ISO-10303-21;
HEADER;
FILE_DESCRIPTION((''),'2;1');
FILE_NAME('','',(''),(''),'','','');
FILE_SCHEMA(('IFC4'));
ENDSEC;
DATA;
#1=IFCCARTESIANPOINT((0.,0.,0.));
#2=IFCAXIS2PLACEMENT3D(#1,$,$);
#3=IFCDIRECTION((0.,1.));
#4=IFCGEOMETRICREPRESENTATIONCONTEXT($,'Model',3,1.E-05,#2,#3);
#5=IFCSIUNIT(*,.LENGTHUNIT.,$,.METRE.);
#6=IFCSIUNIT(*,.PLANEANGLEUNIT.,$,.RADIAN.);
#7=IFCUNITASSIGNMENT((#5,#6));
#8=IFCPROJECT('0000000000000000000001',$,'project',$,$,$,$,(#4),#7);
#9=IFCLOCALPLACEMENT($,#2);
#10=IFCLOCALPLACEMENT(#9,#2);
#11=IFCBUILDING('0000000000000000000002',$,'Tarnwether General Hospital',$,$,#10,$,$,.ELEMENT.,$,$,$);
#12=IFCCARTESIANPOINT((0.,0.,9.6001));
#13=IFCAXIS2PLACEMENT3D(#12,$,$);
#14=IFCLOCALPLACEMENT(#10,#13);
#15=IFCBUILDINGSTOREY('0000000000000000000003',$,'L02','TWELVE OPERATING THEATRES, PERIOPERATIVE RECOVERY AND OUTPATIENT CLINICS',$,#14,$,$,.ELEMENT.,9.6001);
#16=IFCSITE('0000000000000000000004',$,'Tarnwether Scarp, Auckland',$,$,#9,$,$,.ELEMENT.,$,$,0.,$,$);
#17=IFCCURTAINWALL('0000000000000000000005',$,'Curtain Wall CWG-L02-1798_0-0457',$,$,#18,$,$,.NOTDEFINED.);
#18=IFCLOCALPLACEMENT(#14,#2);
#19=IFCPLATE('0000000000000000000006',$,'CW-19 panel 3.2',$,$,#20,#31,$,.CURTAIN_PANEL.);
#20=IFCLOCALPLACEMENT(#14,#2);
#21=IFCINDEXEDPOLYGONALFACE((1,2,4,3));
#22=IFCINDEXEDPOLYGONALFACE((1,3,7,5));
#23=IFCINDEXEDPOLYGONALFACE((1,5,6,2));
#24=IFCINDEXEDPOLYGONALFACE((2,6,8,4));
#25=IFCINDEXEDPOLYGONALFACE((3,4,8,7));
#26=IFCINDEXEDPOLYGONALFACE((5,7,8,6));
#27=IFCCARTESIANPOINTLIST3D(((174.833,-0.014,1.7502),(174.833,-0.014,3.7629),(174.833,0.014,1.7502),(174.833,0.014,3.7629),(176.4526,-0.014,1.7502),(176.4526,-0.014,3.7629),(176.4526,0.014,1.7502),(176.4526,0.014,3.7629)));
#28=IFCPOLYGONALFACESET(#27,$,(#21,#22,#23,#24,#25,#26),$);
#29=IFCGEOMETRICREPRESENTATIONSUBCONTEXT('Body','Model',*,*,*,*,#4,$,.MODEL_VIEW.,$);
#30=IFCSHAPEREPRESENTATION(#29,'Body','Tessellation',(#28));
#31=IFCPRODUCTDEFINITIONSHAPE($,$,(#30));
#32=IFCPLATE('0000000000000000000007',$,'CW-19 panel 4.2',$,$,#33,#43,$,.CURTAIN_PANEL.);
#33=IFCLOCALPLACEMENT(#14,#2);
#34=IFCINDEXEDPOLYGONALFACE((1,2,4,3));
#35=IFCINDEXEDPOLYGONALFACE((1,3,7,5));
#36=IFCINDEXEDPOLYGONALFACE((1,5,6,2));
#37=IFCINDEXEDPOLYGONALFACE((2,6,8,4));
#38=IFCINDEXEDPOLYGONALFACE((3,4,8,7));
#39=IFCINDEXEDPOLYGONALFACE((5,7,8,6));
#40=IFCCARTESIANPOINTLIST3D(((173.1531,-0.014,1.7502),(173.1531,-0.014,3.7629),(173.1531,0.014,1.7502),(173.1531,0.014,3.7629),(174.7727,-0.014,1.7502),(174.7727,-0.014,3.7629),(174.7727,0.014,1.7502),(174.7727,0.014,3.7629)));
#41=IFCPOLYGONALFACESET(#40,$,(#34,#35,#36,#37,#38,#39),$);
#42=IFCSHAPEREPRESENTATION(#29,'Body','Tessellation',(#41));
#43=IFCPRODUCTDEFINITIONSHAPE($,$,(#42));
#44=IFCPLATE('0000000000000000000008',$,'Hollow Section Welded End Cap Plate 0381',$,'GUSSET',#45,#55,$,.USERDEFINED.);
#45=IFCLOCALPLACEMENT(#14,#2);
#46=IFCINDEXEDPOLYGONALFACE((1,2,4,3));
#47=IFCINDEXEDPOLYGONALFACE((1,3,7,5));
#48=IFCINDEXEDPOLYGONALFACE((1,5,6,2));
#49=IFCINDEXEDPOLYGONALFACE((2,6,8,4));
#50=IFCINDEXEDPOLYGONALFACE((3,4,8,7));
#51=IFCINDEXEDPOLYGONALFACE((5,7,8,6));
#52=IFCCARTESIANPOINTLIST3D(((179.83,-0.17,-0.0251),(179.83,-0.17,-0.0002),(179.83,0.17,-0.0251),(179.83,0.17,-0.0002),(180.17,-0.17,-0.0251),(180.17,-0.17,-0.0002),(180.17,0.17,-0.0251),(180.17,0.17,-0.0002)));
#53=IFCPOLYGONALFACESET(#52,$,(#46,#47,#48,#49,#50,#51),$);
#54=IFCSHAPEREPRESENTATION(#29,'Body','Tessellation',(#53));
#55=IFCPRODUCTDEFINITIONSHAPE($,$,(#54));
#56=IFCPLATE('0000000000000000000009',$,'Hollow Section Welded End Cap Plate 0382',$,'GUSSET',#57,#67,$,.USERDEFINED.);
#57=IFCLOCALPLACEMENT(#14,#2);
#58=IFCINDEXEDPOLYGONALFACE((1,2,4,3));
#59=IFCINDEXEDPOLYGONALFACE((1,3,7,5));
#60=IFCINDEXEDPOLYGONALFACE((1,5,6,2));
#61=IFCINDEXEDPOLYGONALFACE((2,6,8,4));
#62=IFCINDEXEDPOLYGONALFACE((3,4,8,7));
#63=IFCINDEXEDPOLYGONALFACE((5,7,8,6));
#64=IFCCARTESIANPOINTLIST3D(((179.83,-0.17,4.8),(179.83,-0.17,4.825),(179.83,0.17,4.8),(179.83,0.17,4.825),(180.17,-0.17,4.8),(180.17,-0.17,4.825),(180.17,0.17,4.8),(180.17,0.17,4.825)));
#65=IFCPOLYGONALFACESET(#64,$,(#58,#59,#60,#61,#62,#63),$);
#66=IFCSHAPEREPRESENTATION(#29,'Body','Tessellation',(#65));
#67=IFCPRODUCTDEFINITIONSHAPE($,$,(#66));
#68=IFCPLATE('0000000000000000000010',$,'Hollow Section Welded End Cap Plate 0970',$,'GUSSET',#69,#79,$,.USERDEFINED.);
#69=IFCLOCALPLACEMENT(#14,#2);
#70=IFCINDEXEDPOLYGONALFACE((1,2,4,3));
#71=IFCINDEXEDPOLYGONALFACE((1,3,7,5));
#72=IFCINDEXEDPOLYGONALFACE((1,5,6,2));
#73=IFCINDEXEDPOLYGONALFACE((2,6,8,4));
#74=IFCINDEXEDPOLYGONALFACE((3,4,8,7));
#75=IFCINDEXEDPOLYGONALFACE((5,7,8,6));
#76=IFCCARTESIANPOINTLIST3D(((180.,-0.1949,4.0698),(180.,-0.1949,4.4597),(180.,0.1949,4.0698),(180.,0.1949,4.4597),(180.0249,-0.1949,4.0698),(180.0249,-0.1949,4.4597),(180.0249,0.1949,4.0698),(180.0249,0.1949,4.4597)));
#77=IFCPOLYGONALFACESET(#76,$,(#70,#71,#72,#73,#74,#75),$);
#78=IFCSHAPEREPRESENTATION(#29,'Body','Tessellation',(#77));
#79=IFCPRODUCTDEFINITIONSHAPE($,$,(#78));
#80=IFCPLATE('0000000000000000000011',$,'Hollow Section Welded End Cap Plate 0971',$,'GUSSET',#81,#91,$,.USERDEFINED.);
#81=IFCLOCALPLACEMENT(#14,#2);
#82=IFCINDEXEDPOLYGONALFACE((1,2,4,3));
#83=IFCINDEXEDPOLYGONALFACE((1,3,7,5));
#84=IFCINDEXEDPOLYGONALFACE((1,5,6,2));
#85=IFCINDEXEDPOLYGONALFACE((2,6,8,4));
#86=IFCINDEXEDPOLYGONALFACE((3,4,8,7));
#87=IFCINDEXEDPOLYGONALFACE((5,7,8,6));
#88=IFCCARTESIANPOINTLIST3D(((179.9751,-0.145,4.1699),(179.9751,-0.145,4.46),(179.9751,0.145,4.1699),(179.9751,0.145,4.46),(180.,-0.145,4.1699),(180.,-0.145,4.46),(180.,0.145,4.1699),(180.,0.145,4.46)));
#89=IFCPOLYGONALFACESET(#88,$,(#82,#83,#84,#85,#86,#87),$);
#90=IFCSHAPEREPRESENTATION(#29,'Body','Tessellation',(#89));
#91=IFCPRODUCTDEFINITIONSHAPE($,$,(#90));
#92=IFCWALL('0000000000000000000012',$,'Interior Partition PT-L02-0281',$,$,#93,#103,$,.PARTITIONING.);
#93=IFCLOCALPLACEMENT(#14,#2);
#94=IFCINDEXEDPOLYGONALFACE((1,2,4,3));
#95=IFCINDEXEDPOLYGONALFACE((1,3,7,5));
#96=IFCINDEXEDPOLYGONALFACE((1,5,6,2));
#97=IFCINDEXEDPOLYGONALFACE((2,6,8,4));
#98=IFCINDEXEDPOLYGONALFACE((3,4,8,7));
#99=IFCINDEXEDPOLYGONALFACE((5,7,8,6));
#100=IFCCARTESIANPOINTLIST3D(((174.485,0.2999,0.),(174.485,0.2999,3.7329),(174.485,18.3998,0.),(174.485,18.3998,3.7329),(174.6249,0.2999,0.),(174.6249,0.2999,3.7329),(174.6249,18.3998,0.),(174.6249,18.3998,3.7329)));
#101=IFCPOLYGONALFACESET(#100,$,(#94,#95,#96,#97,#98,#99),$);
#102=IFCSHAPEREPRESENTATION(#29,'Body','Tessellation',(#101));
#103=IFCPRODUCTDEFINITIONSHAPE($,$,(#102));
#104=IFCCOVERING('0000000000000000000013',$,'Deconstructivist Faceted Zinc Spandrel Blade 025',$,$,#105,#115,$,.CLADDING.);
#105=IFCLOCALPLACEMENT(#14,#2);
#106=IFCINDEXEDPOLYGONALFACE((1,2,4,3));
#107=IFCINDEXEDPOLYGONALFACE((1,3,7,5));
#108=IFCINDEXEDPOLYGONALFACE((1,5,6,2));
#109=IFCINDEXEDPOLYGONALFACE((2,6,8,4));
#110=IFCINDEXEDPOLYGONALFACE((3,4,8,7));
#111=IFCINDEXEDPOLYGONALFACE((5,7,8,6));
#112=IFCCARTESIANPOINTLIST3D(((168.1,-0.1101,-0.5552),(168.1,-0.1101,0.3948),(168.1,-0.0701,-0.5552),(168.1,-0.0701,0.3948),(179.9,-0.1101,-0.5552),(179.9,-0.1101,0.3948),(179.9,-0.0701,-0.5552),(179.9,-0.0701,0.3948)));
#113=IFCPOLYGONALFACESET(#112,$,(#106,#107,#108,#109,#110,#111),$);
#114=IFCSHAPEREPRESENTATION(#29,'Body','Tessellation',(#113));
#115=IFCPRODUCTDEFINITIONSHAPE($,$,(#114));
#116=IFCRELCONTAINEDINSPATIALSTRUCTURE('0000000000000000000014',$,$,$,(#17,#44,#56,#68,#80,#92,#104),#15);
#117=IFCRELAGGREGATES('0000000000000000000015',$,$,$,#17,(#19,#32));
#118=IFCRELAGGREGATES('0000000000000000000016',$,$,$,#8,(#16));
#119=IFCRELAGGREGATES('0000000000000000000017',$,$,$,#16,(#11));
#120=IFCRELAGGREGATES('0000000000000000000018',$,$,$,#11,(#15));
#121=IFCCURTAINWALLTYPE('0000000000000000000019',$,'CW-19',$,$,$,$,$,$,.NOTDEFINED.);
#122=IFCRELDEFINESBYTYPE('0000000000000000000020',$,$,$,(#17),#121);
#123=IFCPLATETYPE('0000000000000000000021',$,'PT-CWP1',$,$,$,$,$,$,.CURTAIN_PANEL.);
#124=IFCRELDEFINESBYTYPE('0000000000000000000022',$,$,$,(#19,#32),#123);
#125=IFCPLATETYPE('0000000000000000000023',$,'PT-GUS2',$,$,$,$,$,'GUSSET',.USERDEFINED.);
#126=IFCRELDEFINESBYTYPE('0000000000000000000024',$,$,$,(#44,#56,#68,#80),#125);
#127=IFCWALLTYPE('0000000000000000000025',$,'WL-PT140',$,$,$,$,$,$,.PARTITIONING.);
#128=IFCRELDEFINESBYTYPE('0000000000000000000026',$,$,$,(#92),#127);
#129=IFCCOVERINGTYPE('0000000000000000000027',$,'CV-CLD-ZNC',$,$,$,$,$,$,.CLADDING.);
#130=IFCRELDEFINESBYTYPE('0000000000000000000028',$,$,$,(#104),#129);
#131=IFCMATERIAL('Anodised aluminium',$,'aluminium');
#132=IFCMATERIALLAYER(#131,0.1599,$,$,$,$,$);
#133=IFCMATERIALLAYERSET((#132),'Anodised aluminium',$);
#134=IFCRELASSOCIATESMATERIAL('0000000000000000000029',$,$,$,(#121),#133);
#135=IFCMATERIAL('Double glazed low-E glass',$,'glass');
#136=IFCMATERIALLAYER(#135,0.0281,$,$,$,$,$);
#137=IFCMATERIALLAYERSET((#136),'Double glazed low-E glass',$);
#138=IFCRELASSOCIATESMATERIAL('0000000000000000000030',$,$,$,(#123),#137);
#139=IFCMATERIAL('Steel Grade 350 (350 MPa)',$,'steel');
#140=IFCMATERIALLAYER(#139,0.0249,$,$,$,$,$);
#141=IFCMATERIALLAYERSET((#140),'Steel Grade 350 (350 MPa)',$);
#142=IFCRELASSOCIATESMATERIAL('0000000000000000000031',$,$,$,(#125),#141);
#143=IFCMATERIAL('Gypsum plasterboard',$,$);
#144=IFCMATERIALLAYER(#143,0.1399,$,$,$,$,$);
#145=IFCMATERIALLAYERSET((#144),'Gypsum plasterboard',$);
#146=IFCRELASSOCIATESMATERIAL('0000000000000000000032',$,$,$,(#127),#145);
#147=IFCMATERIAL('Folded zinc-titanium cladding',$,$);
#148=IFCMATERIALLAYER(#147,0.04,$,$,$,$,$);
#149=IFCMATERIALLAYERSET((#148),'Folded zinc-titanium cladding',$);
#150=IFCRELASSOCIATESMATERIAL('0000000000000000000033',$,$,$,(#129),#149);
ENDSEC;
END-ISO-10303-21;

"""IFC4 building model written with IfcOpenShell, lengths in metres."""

from ifc_helpers import new_model, si_unit, direction, frame, frame_2d, origin, origin_2d, place, context, subcontext, project, spatial, rectangle, extrude, material, layer, layer_set, type_object, element, aggregate, save


model = new_model("IFC4")

# Units and contexts
model_context = context("Model", 3, precision=1e-05, world=origin(), true_north=direction((0.0, 1.0)))
body_context = subcontext(model_context, "Body", "Model", "MODEL_VIEW")
ifc_project = project(units=[si_unit("LENGTHUNIT", "METRE"), si_unit("PLANEANGLEUNIT", "RADIAN")], contexts=[model_context])

# Site, building, storey
site_placement = place(None, origin())
site = spatial("IfcSite", under=ifc_project, at=site_placement, Name="Tarnwether Scarp, Auckland", CompositionType="ELEMENT", RefElevation=0.0)
building_placement = place(site_placement, origin())
building = spatial("IfcBuilding", under=site, at=building_placement, Name="Tarnwether General Hospital", CompositionType="ELEMENT")
storey_placement = place(building_placement, frame((0.0, 0.0, 9.6001)))
storey = spatial("IfcBuildingStorey", under=building, at=storey_placement, Name="L02", Description="TWELVE OPERATING THEATRES, PERIOPERATIVE RECOVERY AND OUTPATIENT CLINICS", CompositionType="ELEMENT", Elevation=9.6001)

# Shared definitions
ifc_material_1 = material(Name="Anodised aluminium", Category="aluminium")
ifc_layer_1 = layer(ifc_material_1, 0.1599)
ifc_layer_set_1 = layer_set([ifc_layer_1], Name="Anodised aluminium")
curtain_wall_type = type_object("IfcCurtainWallType", Name="CW-19", PredefinedType="NOTDEFINED", material=ifc_layer_set_1)

# Curtain wall, plates
curtain_wall_1_placement = place(storey_placement, origin())
curtain_wall_1 = element("IfcCurtainWall", 1, at=curtain_wall_1_placement, inside=storey, type_object=curtain_wall_type, Name="Curtain Wall CWG-L02-1798_0-0457", PredefinedType="NOTDEFINED")
ifc_material_2 = material(Name="Double glazed low-E glass", Category="glass")
ifc_layer_2 = layer(ifc_material_2, 0.0281)
ifc_layer_set_2 = layer_set([ifc_layer_2], Name="Double glazed low-E glass")
plate_type_1 = type_object("IfcPlateType", Name="PT-CWP1", PredefinedType="CURTAIN_PANEL", material=ifc_layer_set_2)
plate_1_placement = place(storey_placement, frame((175.6428, 0.0, 1.7502), z_axis=(0.0, 0.0, 1.0), x_axis=(-1.0, 0.0, 0.0)))
plate_1 = element("IfcPlate", 2, at=plate_1_placement, type_object=plate_type_1, Name="CW-19 panel 3.2", PredefinedType="CURTAIN_PANEL", context=body_context, shape_type="SweptSolid", body=[
    extrude(rectangle(XDim=1.6196, YDim=0.0281, at=origin_2d()), origin(), (0.0, 0.0, 1.0), 2.0127),
])
plate_2_placement = place(storey_placement, frame((173.9629, 0.0, 1.7502), z_axis=(0.0, 0.0, 1.0), x_axis=(-1.0, 0.0, 0.0)))
plate_2 = element("IfcPlate", 3, at=plate_2_placement, type_object=plate_type_1, Name="CW-19 panel 4.2", PredefinedType="CURTAIN_PANEL", context=body_context, shape_type="SweptSolid", body=[
    extrude(rectangle(XDim=1.6196, YDim=0.0281, at=origin_2d()), origin(), (0.0, 0.0, 1.0), 2.0127),
])
aggregate(curtain_wall_1, [plate_1, plate_2])

# Plates
ifc_material_3 = material(Name="Steel Grade 350 (350 MPa)", Category="steel")
ifc_layer_3 = layer(ifc_material_3, 0.0249)
ifc_layer_set_3 = layer_set([ifc_layer_3], Name="Steel Grade 350 (350 MPa)")
plate_type_2 = type_object("IfcPlateType", Name="PT-GUS2", ElementType="GUSSET", PredefinedType="USERDEFINED", material=ifc_layer_set_3)
for number, where, z_axis, x_axis, name in (
    (4, (180.0, 0.0, -0.0251), (0.0, 0.0, 1.0), (1.0, 0.0, 0.0), "Hollow Section Welded End Cap Plate 0381"),
    (5, (180.0, 0.0, 4.8), (0.0, 0.0, 1.0), (1.0, 0.0, 0.0), "Hollow Section Welded End Cap Plate 0382"),
):
    element("IfcPlate", number, at=place(storey_placement, frame(where, z_axis=z_axis, x_axis=x_axis)), inside=storey, type_object=plate_type_2, Name=name, ObjectType="GUSSET", PredefinedType="USERDEFINED", context=body_context, shape_type="SweptSolid", body=[
        extrude(rectangle(XDim=0.3401, YDim=0.3401, at=origin_2d()), origin(), (0.0, 0.0, 1.0), 0.0249),
    ])
plate_3_placement = place(storey_placement, frame((180.0125, 0.0, 4.0698), z_axis=(0.0, 0.0, 1.0), x_axis=(1.0, 0.0, 0.0)))
element("IfcPlate", 6, at=plate_3_placement, inside=storey, type_object=plate_type_2, Name="Hollow Section Welded End Cap Plate 0970", ObjectType="GUSSET", PredefinedType="USERDEFINED", context=body_context, shape_type="SweptSolid", body=[
    extrude(rectangle(XDim=0.0249, YDim=0.3899, at=origin_2d()), origin(), (0.0, 0.0, 1.0), 0.3899),
])
plate_4_placement = place(storey_placement, frame((179.9875, 0.0, 4.1699), z_axis=(0.0, 0.0, 1.0), x_axis=(1.0, 0.0, 0.0)))
element("IfcPlate", 7, at=plate_4_placement, inside=storey, type_object=plate_type_2, Name="Hollow Section Welded End Cap Plate 0971", ObjectType="GUSSET", PredefinedType="USERDEFINED", context=body_context, shape_type="SweptSolid", body=[
    extrude(rectangle(XDim=0.0249, YDim=0.29, at=origin_2d()), origin(), (0.0, 0.0, 1.0), 0.29),
])

# Wall
ifc_material_4 = material(Name="Gypsum plasterboard")
ifc_layer_4 = layer(ifc_material_4, 0.1399)
ifc_layer_set_4 = layer_set([ifc_layer_4], Name="Gypsum plasterboard")
wall_type = type_object("IfcWallType", Name="WL-PT140", PredefinedType="PARTITIONING", material=ifc_layer_set_4)
wall_placement = place(storey_placement, frame((174.5549, 0.3, 0.0), z_axis=(0.0, 0.0, 1.0), x_axis=(0.0, 1.0, 0.0)))
element("IfcWall", 8, at=wall_placement, inside=storey, type_object=wall_type, Name="Interior Partition PT-L02-0281", PredefinedType="PARTITIONING", context=body_context, shape_type="SweptSolid", body=[
    extrude(rectangle(XDim=18.0999, YDim=0.1399, at=frame_2d((9.0498, 0.0))), origin(), (0.0, 0.0, 1.0), 3.7329),
])

# Covering
ifc_material_5 = material(Name="Folded zinc-titanium cladding")
ifc_layer_5 = layer(ifc_material_5, 0.04)
ifc_layer_set_5 = layer_set([ifc_layer_5], Name="Folded zinc-titanium cladding")
covering_type = type_object("IfcCoveringType", Name="CV-CLD-ZNC", PredefinedType="CLADDING", material=ifc_layer_set_5)
covering_placement = place(storey_placement, frame((174.0, -0.0901, -0.5552), z_axis=(0.0, 0.0, 1.0), x_axis=(1.0, 0.0, 0.0)))
element("IfcCovering", 9, at=covering_placement, inside=storey, type_object=covering_type, Name="Deconstructivist Faceted Zinc Spandrel Blade 025", PredefinedType="CLADDING", context=body_context, shape_type="SweptSolid", body=[
    extrude(rectangle(XDim=11.8, YDim=0.04, at=origin_2d()), origin(), (0.0, 0.0, 1.0), 0.95),
])

save(model, "model.ifc")
